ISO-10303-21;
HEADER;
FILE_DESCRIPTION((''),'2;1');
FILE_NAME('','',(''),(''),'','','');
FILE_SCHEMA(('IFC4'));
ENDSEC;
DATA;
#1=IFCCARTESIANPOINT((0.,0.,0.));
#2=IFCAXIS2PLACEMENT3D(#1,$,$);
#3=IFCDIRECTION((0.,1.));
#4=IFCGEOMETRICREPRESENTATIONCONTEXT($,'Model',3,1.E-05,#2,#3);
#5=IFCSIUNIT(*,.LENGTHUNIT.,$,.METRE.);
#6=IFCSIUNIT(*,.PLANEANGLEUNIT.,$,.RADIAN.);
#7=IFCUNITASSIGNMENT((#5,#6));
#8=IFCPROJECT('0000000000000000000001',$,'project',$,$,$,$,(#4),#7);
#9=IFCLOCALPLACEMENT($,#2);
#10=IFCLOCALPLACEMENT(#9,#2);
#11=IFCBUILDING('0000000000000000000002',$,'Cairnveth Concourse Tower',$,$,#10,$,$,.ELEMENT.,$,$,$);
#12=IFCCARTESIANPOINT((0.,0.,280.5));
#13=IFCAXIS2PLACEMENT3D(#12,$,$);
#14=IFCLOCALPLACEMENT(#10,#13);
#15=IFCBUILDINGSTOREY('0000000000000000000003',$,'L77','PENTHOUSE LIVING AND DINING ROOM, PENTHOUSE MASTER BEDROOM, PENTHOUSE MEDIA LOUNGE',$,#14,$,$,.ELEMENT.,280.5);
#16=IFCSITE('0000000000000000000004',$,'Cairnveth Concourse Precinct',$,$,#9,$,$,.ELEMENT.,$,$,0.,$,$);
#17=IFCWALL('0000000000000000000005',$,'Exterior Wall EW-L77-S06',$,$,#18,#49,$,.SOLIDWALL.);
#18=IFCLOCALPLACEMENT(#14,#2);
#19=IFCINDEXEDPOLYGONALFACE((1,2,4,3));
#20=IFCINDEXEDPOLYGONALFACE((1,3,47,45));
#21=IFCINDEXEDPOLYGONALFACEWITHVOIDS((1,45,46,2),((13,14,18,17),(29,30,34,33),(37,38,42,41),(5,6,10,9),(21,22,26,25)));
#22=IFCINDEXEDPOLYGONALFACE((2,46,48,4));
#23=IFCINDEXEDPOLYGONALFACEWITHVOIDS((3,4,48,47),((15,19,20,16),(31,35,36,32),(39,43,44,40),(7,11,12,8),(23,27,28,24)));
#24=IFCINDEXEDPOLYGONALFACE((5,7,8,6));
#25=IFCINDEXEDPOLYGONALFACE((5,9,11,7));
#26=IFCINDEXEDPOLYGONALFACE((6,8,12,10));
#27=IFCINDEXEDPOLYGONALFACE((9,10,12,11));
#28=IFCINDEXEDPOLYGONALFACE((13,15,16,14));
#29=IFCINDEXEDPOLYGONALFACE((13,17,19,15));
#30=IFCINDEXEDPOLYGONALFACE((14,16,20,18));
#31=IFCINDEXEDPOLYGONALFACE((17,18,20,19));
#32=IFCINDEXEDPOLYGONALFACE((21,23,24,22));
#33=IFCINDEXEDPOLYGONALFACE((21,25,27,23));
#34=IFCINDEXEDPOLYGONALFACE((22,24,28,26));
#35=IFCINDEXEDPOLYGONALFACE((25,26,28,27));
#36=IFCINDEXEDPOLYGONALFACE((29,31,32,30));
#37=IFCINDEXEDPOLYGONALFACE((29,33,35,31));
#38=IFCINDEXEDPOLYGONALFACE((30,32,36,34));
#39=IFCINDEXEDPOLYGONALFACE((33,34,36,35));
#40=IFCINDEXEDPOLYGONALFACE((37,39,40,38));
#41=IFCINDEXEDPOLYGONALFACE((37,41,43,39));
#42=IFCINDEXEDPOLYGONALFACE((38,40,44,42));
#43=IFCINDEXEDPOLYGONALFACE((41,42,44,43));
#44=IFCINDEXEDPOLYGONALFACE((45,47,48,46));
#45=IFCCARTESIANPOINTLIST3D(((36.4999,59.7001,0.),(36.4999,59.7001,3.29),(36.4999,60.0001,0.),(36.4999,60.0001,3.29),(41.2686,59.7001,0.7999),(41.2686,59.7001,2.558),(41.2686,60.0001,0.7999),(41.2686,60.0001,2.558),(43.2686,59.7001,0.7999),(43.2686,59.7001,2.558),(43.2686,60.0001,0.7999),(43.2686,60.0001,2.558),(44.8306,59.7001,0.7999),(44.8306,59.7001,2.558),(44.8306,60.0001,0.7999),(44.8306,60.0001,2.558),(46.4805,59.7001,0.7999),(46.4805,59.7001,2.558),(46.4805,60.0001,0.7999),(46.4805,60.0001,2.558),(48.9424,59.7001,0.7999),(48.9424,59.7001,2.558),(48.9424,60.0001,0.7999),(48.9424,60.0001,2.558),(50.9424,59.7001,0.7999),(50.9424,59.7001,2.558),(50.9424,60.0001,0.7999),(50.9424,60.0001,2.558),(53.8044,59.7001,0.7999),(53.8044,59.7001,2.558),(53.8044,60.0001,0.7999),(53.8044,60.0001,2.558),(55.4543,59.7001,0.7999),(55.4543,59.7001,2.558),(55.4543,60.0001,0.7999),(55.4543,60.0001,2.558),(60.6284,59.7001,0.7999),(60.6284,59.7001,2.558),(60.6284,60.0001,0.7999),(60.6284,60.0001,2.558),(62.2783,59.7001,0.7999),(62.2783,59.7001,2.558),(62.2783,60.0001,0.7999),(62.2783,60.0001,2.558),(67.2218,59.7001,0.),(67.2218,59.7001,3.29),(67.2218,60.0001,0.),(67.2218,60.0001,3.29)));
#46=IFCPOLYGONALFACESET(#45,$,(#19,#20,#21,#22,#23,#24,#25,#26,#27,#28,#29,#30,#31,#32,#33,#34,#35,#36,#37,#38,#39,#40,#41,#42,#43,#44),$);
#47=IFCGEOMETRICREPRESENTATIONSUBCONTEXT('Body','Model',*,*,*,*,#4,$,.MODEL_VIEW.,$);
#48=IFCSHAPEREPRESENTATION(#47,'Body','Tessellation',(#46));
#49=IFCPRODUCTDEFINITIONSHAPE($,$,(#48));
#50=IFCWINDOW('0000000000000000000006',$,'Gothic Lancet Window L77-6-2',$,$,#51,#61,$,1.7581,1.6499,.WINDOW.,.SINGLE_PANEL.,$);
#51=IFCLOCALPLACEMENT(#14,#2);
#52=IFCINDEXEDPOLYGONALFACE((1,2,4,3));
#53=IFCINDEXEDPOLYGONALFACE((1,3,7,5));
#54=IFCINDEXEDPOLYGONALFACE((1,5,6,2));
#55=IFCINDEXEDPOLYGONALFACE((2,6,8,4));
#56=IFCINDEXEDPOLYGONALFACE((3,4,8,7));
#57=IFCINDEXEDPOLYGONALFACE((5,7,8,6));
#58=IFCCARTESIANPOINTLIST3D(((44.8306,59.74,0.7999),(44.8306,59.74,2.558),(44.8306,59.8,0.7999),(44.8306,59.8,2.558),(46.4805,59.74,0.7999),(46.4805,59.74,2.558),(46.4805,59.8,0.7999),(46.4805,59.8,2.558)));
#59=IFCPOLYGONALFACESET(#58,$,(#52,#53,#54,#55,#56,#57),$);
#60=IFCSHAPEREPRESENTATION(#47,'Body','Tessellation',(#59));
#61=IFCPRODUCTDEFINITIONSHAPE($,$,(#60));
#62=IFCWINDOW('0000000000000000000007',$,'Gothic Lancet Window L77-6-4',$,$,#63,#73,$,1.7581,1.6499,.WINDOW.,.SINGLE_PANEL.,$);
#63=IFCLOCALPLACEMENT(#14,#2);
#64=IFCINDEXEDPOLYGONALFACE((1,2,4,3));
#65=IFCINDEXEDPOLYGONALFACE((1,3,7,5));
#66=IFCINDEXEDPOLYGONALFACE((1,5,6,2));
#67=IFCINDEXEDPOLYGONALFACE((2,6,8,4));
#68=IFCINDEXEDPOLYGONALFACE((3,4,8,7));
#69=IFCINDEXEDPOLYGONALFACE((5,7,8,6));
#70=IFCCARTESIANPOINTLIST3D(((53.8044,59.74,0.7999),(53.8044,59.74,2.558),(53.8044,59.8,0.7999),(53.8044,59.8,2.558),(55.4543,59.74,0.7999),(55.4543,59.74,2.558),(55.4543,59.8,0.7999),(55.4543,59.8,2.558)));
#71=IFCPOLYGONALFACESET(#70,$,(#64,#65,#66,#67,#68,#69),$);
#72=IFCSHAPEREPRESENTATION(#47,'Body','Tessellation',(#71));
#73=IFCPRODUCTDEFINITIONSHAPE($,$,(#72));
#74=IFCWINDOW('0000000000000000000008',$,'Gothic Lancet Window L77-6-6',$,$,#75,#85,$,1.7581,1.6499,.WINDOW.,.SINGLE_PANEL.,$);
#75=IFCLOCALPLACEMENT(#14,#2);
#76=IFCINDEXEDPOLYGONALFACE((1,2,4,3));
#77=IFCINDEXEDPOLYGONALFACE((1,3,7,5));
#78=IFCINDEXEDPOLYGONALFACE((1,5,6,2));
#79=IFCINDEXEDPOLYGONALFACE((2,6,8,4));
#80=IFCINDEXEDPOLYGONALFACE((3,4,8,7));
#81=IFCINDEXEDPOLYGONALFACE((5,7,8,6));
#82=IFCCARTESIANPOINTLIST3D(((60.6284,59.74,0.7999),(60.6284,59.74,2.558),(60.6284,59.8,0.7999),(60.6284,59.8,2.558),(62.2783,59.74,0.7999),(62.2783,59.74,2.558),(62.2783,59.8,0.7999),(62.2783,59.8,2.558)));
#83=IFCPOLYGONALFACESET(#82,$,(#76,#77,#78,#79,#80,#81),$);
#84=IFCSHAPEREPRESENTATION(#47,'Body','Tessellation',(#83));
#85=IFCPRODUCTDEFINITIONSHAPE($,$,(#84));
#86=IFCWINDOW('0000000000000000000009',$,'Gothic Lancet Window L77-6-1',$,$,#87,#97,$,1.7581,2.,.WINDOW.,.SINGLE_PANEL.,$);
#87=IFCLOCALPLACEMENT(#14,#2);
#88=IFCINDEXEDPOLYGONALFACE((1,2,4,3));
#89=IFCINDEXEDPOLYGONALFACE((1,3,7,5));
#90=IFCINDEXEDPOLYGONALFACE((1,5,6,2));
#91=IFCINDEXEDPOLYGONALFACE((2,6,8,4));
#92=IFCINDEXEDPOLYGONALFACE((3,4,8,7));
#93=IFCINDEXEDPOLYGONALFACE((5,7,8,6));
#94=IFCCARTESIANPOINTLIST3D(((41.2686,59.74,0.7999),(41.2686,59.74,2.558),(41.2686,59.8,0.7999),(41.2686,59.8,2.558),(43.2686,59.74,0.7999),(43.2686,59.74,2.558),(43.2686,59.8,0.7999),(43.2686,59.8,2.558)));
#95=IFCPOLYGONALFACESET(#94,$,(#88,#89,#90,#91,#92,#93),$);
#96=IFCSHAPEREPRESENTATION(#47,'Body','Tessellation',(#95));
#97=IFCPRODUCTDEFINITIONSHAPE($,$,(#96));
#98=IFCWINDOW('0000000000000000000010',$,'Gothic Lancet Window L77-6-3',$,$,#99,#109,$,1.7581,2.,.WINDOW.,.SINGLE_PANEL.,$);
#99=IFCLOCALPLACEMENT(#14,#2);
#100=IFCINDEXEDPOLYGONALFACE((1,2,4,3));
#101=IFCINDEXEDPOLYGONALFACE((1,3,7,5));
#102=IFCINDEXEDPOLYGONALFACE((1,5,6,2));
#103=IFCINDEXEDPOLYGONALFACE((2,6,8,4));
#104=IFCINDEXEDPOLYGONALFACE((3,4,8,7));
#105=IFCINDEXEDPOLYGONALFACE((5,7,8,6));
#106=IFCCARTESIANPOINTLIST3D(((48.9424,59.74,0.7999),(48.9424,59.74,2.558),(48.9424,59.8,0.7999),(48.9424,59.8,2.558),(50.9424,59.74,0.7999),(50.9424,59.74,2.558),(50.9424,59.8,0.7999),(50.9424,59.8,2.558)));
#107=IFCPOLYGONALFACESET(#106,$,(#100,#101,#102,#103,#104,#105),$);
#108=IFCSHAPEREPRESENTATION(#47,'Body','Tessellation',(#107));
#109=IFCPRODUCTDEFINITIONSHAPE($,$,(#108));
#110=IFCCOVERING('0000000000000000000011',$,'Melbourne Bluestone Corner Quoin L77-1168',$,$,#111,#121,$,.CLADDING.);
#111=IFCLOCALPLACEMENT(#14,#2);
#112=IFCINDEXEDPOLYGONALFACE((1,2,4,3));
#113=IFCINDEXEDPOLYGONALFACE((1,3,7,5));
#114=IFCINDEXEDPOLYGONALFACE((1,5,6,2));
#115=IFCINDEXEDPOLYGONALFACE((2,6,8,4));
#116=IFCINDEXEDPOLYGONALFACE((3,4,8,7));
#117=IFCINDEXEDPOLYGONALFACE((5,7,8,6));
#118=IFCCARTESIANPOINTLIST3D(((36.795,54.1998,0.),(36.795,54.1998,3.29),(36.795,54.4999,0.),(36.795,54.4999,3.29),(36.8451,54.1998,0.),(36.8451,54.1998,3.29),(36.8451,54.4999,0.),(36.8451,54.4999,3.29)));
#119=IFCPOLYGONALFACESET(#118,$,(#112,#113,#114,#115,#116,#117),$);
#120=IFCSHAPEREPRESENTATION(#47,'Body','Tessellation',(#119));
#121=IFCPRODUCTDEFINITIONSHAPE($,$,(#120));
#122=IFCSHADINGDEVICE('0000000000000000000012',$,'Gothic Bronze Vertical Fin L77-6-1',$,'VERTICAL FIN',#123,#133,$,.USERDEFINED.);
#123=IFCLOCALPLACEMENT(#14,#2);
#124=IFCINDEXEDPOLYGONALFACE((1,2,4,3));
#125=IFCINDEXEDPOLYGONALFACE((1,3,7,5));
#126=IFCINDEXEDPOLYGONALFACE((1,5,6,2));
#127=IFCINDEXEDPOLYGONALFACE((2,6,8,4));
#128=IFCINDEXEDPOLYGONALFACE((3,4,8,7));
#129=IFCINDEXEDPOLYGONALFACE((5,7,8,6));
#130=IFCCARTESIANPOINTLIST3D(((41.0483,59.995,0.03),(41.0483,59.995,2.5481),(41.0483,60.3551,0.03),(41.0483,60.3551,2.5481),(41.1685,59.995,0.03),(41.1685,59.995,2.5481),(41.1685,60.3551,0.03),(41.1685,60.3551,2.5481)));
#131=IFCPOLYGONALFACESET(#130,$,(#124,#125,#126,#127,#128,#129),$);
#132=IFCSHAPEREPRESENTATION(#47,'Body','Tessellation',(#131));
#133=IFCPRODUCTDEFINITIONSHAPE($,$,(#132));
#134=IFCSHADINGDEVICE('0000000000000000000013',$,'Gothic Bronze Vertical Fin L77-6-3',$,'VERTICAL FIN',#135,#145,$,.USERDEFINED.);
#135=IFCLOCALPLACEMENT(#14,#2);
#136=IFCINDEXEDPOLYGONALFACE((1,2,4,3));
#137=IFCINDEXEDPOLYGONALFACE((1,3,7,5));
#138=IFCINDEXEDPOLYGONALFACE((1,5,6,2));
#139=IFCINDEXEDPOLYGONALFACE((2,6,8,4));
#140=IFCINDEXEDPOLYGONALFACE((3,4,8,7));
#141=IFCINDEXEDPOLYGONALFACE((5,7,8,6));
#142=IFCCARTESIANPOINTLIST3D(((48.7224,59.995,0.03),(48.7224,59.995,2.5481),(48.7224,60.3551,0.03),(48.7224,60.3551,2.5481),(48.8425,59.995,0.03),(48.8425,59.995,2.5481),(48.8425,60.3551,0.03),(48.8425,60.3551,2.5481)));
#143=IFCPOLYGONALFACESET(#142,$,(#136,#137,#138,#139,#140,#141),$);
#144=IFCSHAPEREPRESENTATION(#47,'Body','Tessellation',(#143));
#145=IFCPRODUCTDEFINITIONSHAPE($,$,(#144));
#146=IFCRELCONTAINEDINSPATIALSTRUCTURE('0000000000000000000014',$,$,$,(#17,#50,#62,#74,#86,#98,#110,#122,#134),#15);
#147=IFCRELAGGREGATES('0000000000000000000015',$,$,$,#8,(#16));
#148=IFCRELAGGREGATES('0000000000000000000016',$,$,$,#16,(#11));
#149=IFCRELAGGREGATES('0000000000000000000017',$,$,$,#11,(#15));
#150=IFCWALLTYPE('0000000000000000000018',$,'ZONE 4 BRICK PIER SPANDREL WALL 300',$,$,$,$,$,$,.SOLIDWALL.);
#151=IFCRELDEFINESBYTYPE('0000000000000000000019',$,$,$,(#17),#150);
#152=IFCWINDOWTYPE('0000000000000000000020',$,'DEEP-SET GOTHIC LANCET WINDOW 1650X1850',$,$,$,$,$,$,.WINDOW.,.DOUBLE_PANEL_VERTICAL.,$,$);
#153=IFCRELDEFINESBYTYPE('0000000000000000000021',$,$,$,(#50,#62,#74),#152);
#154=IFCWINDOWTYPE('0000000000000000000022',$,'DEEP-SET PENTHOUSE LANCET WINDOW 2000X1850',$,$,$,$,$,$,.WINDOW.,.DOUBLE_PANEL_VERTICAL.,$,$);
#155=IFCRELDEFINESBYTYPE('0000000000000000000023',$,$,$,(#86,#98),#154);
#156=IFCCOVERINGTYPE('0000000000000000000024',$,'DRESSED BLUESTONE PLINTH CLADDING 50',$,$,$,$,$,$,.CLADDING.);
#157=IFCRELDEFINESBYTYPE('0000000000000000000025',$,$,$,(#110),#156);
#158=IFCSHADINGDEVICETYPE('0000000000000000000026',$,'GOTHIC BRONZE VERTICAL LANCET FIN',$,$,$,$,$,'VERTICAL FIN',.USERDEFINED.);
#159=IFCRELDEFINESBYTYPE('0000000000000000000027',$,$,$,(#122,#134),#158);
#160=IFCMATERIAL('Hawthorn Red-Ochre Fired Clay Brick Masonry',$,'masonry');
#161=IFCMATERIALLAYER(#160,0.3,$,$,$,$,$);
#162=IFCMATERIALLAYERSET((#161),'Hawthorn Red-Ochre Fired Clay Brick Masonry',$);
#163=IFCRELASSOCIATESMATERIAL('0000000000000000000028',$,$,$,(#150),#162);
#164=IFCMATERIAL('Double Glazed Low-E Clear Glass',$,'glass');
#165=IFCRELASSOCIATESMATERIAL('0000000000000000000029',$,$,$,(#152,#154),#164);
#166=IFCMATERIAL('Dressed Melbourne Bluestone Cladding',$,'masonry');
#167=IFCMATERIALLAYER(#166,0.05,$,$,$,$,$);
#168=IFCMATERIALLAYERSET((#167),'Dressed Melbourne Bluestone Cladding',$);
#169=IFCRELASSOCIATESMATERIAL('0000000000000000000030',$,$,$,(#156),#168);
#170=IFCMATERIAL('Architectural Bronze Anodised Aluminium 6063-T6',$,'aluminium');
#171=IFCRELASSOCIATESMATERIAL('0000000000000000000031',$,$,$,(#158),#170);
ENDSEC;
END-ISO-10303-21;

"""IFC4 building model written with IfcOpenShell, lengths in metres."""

from ifc_helpers import new_model, si_unit, direction, frame, frame_2d, origin, origin_2d, place, context, subcontext, project, spatial, rectangle, extrude, material, layer, layer_set, type_object, element, fill, save


model = new_model("IFC4")

# Units and contexts
model_context = context("Model", 3, precision=1e-05, world=origin(), true_north=direction((0.0, 1.0)))
body_context = subcontext(model_context, "Body", "Model", "MODEL_VIEW")
ifc_project = project(units=[si_unit("LENGTHUNIT", "METRE"), si_unit("PLANEANGLEUNIT", "RADIAN")], contexts=[model_context])

# Site, building, storey
site_placement = place(None, origin())
site = spatial("IfcSite", under=ifc_project, at=site_placement, Name="Cairnveth Concourse Precinct", CompositionType="ELEMENT", RefElevation=0.0)
building_placement = place(site_placement, origin())
building = spatial("IfcBuilding", under=site, at=building_placement, Name="Cairnveth Concourse Tower", CompositionType="ELEMENT")
storey_placement = place(building_placement, frame((0.0, 0.0, 280.5)))
storey = spatial("IfcBuildingStorey", under=building, at=storey_placement, Name="L77", Description="PENTHOUSE LIVING AND DINING ROOM, PENTHOUSE MASTER BEDROOM, PENTHOUSE MEDIA LOUNGE", CompositionType="ELEMENT", Elevation=280.5)

# Shared definitions
ifc_material_1 = material(Name="Hawthorn Red-Ochre Fired Clay Brick Masonry", Category="masonry")
ifc_layer_1 = layer(ifc_material_1, 0.3)
ifc_layer_set_1 = layer_set([ifc_layer_1], Name="Hawthorn Red-Ochre Fired Clay Brick Masonry")
wall_type_1 = type_object("IfcWallType", Name="ZONE 4 BRICK PIER SPANDREL WALL 300", PredefinedType="SOLIDWALL", material=ifc_layer_set_1)

# Wall, openings, windows
wall_1_placement = place(storey_placement, frame((36.5, 59.8501, 0.0), z_axis=(0.0, 0.0, 1.0), x_axis=(1.0, 0.0, 0.0)))
wall_1 = element("IfcWall", 1, at=wall_1_placement, inside=storey, type_object=wall_type_1, Name="Exterior Wall EW-L77-S06", PredefinedType="SOLIDWALL", context=body_context, shape_type="SweptSolid", body=[
    extrude(rectangle(XDim=30.7219, YDim=0.3, at=frame_2d((15.3608, 0.0))), origin(), (0.0, 0.0, 1.0), 3.29),
])
opening_1_placement = place(wall_1_placement, frame((4.7686, 0.0, 0.8)))
opening_1 = element("IfcOpeningElement", 2, at=opening_1_placement, cuts=wall_1, PredefinedType="OPENING", context=body_context, shape_type="SweptSolid", body=[
    extrude(rectangle(XDim=2.0, YDim=1.7581, at=frame_2d((1.0, 0.8789))), frame((0.0, 0.1599, 0.0), z_axis=(0.0, -1.0, 0.0), x_axis=(1.0, 0.0, 0.0)), (0.0, 0.0, 1.0), 0.3201),
])
opening_2_placement = place(wall_1_placement, frame((8.3306, 0.0, 0.8)))
opening_2 = element("IfcOpeningElement", 3, at=opening_2_placement, cuts=wall_1, PredefinedType="OPENING", context=body_context, shape_type="SweptSolid", body=[
    extrude(rectangle(XDim=1.6499, YDim=1.7581, at=frame_2d((0.825, 0.8789))), frame((0.0, 0.1599, 0.0), z_axis=(0.0, -1.0, 0.0), x_axis=(1.0, 0.0, 0.0)), (0.0, 0.0, 1.0), 0.3201),
])
opening_3_placement = place(wall_1_placement, frame((12.4424, 0.0, 0.8)))
opening_3 = element("IfcOpeningElement", 4, at=opening_3_placement, cuts=wall_1, PredefinedType="OPENING", context=body_context, shape_type="SweptSolid", body=[
    extrude(rectangle(XDim=2.0, YDim=1.7581, at=frame_2d((1.0, 0.8789))), frame((0.0, 0.1599, 0.0), z_axis=(0.0, -1.0, 0.0), x_axis=(1.0, 0.0, 0.0)), (0.0, 0.0, 1.0), 0.3201),
])
opening_4_placement = place(wall_1_placement, frame((17.3044, 0.0, 0.8)))
opening_4 = element("IfcOpeningElement", 5, at=opening_4_placement, cuts=wall_1, PredefinedType="OPENING", context=body_context, shape_type="SweptSolid", body=[
    extrude(rectangle(XDim=1.6499, YDim=1.7581, at=frame_2d((0.825, 0.8789))), frame((0.0, 0.1599, 0.0), z_axis=(0.0, -1.0, 0.0), x_axis=(1.0, 0.0, 0.0)), (0.0, 0.0, 1.0), 0.3201),
])
opening_5_placement = place(wall_1_placement, frame((24.1284, 0.0, 0.8)))
opening_5 = element("IfcOpeningElement", 6, at=opening_5_placement, cuts=wall_1, PredefinedType="OPENING", context=body_context, shape_type="SweptSolid", body=[
    extrude(rectangle(XDim=1.6499, YDim=1.7581, at=frame_2d((0.825, 0.8789))), frame((0.0, 0.1599, 0.0), z_axis=(0.0, -1.0, 0.0), x_axis=(1.0, 0.0, 0.0)), (0.0, 0.0, 1.0), 0.3201),
])
ifc_material_2 = material(Name="Double Glazed Low-E Clear Glass", Category="glass")
window_type_1 = type_object("IfcWindowType", Name="DEEP-SET GOTHIC LANCET WINDOW 1650X1850", PartitioningType="DOUBLE_PANEL_VERTICAL", PredefinedType="WINDOW", material=ifc_material_2)
window_1_placement = place(opening_2_placement, origin())
window_1 = element("IfcWindow", 7, at=window_1_placement, inside=storey, type_object=window_type_1, Name="Gothic Lancet Window L77-6-2", OverallHeight=1.7581, OverallWidth=1.6499, PartitioningType="SINGLE_PANEL", PredefinedType="WINDOW", context=body_context, shape_type="SweptSolid", body=[
    extrude(rectangle(XDim=1.6499, YDim=1.7581, at=frame_2d((0.825, 0.8789))), frame((0.0, -0.05, 0.0), z_axis=(0.0, -1.0, 0.0), x_axis=(1.0, 0.0, 0.0)), (0.0, 0.0, 1.0), 0.0601),
])
fill(opening_2, window_1)
window_2_placement = place(opening_4_placement, origin())
window_2 = element("IfcWindow", 8, at=window_2_placement, inside=storey, type_object=window_type_1, Name="Gothic Lancet Window L77-6-4", OverallHeight=1.7581, OverallWidth=1.6499, PartitioningType="SINGLE_PANEL", PredefinedType="WINDOW", context=body_context, shape_type="SweptSolid", body=[
    extrude(rectangle(XDim=1.6499, YDim=1.7581, at=frame_2d((0.825, 0.8789))), frame((0.0, -0.05, 0.0), z_axis=(0.0, -1.0, 0.0), x_axis=(1.0, 0.0, 0.0)), (0.0, 0.0, 1.0), 0.0601),
])
fill(opening_4, window_2)
window_3_placement = place(opening_5_placement, origin())
window_3 = element("IfcWindow", 9, at=window_3_placement, inside=storey, type_object=window_type_1, Name="Gothic Lancet Window L77-6-6", OverallHeight=1.7581, OverallWidth=1.6499, PartitioningType="SINGLE_PANEL", PredefinedType="WINDOW", context=body_context, shape_type="SweptSolid", body=[
    extrude(rectangle(XDim=1.6499, YDim=1.7581, at=frame_2d((0.825, 0.8789))), frame((0.0, -0.05, 0.0), z_axis=(0.0, -1.0, 0.0), x_axis=(1.0, 0.0, 0.0)), (0.0, 0.0, 1.0), 0.0601),
])
fill(opening_5, window_3)
window_type_2 = type_object("IfcWindowType", Name="DEEP-SET PENTHOUSE LANCET WINDOW 2000X1850", PartitioningType="DOUBLE_PANEL_VERTICAL", PredefinedType="WINDOW", material=ifc_material_2)
window_4_placement = place(opening_1_placement, origin())
window_4 = element("IfcWindow", 10, at=window_4_placement, inside=storey, type_object=window_type_2, Name="Gothic Lancet Window L77-6-1", OverallHeight=1.7581, OverallWidth=2.0, PartitioningType="SINGLE_PANEL", PredefinedType="WINDOW", context=body_context, shape_type="SweptSolid", body=[
    extrude(rectangle(XDim=2.0, YDim=1.7581, at=frame_2d((1.0, 0.8789))), frame((0.0, -0.05, 0.0), z_axis=(0.0, -1.0, 0.0), x_axis=(1.0, 0.0, 0.0)), (0.0, 0.0, 1.0), 0.0601),
])
fill(opening_1, window_4)
window_5_placement = place(opening_3_placement, origin())
window_5 = element("IfcWindow", 11, at=window_5_placement, inside=storey, type_object=window_type_2, Name="Gothic Lancet Window L77-6-3", OverallHeight=1.7581, OverallWidth=2.0, PartitioningType="SINGLE_PANEL", PredefinedType="WINDOW", context=body_context, shape_type="SweptSolid", body=[
    extrude(rectangle(XDim=2.0, YDim=1.7581, at=frame_2d((1.0, 0.8789))), frame((0.0, -0.05, 0.0), z_axis=(0.0, -1.0, 0.0), x_axis=(1.0, 0.0, 0.0)), (0.0, 0.0, 1.0), 0.0601),
])
fill(opening_3, window_5)

# Covering
ifc_material_3 = material(Name="Dressed Melbourne Bluestone Cladding", Category="masonry")
ifc_layer_2 = layer(ifc_material_3, 0.05)
ifc_layer_set_2 = layer_set([ifc_layer_2], Name="Dressed Melbourne Bluestone Cladding")
covering_type = type_object("IfcCoveringType", Name="DRESSED BLUESTONE PLINTH CLADDING 50", PredefinedType="CLADDING", material=ifc_layer_set_2)
covering_placement = place(storey_placement, frame((36.8201, 54.2, 0.0), z_axis=(0.0, 0.0, 1.0), x_axis=(0.0, 1.0, 0.0)))
element("IfcCovering", 12, at=covering_placement, inside=storey, type_object=covering_type, Name="Melbourne Bluestone Corner Quoin L77-1168", PredefinedType="CLADDING", context=body_context, shape_type="SweptSolid", body=[
    extrude(rectangle(XDim=0.3, YDim=0.05, at=frame_2d((0.1499, 0.0))), origin(), (0.0, 0.0, 1.0), 3.29),
])

# Shading devices
ifc_material_4 = material(Name="Architectural Bronze Anodised Aluminium 6063-T6", Category="aluminium")
shading_device_type = type_object("IfcShadingDeviceType", Name="GOTHIC BRONZE VERTICAL LANCET FIN", ElementType="VERTICAL FIN", PredefinedType="USERDEFINED", material=ifc_material_4)
for number, where, z_axis, x_axis, name in (
    (13, (41.1084, 60.175, 0.03), (0.0, 0.0, 1.0), (1.0, 0.0, 0.0), "Gothic Bronze Vertical Fin L77-6-1"),
    (14, (48.7825, 60.175, 0.03), (0.0, 0.0, 1.0), (1.0, 0.0, 0.0), "Gothic Bronze Vertical Fin L77-6-3"),
):
    element("IfcShadingDevice", number, at=place(storey_placement, frame(where, z_axis=z_axis, x_axis=x_axis)), inside=storey, type_object=shading_device_type, Name=name, ObjectType="VERTICAL FIN", PredefinedType="USERDEFINED", context=body_context, shape_type="SweptSolid", body=[
        extrude(rectangle(XDim=0.1201, YDim=0.3601, at=origin_2d()), origin(), (0.0, 0.0, 1.0), 2.5181),
    ])

save(model, "model.ifc")
